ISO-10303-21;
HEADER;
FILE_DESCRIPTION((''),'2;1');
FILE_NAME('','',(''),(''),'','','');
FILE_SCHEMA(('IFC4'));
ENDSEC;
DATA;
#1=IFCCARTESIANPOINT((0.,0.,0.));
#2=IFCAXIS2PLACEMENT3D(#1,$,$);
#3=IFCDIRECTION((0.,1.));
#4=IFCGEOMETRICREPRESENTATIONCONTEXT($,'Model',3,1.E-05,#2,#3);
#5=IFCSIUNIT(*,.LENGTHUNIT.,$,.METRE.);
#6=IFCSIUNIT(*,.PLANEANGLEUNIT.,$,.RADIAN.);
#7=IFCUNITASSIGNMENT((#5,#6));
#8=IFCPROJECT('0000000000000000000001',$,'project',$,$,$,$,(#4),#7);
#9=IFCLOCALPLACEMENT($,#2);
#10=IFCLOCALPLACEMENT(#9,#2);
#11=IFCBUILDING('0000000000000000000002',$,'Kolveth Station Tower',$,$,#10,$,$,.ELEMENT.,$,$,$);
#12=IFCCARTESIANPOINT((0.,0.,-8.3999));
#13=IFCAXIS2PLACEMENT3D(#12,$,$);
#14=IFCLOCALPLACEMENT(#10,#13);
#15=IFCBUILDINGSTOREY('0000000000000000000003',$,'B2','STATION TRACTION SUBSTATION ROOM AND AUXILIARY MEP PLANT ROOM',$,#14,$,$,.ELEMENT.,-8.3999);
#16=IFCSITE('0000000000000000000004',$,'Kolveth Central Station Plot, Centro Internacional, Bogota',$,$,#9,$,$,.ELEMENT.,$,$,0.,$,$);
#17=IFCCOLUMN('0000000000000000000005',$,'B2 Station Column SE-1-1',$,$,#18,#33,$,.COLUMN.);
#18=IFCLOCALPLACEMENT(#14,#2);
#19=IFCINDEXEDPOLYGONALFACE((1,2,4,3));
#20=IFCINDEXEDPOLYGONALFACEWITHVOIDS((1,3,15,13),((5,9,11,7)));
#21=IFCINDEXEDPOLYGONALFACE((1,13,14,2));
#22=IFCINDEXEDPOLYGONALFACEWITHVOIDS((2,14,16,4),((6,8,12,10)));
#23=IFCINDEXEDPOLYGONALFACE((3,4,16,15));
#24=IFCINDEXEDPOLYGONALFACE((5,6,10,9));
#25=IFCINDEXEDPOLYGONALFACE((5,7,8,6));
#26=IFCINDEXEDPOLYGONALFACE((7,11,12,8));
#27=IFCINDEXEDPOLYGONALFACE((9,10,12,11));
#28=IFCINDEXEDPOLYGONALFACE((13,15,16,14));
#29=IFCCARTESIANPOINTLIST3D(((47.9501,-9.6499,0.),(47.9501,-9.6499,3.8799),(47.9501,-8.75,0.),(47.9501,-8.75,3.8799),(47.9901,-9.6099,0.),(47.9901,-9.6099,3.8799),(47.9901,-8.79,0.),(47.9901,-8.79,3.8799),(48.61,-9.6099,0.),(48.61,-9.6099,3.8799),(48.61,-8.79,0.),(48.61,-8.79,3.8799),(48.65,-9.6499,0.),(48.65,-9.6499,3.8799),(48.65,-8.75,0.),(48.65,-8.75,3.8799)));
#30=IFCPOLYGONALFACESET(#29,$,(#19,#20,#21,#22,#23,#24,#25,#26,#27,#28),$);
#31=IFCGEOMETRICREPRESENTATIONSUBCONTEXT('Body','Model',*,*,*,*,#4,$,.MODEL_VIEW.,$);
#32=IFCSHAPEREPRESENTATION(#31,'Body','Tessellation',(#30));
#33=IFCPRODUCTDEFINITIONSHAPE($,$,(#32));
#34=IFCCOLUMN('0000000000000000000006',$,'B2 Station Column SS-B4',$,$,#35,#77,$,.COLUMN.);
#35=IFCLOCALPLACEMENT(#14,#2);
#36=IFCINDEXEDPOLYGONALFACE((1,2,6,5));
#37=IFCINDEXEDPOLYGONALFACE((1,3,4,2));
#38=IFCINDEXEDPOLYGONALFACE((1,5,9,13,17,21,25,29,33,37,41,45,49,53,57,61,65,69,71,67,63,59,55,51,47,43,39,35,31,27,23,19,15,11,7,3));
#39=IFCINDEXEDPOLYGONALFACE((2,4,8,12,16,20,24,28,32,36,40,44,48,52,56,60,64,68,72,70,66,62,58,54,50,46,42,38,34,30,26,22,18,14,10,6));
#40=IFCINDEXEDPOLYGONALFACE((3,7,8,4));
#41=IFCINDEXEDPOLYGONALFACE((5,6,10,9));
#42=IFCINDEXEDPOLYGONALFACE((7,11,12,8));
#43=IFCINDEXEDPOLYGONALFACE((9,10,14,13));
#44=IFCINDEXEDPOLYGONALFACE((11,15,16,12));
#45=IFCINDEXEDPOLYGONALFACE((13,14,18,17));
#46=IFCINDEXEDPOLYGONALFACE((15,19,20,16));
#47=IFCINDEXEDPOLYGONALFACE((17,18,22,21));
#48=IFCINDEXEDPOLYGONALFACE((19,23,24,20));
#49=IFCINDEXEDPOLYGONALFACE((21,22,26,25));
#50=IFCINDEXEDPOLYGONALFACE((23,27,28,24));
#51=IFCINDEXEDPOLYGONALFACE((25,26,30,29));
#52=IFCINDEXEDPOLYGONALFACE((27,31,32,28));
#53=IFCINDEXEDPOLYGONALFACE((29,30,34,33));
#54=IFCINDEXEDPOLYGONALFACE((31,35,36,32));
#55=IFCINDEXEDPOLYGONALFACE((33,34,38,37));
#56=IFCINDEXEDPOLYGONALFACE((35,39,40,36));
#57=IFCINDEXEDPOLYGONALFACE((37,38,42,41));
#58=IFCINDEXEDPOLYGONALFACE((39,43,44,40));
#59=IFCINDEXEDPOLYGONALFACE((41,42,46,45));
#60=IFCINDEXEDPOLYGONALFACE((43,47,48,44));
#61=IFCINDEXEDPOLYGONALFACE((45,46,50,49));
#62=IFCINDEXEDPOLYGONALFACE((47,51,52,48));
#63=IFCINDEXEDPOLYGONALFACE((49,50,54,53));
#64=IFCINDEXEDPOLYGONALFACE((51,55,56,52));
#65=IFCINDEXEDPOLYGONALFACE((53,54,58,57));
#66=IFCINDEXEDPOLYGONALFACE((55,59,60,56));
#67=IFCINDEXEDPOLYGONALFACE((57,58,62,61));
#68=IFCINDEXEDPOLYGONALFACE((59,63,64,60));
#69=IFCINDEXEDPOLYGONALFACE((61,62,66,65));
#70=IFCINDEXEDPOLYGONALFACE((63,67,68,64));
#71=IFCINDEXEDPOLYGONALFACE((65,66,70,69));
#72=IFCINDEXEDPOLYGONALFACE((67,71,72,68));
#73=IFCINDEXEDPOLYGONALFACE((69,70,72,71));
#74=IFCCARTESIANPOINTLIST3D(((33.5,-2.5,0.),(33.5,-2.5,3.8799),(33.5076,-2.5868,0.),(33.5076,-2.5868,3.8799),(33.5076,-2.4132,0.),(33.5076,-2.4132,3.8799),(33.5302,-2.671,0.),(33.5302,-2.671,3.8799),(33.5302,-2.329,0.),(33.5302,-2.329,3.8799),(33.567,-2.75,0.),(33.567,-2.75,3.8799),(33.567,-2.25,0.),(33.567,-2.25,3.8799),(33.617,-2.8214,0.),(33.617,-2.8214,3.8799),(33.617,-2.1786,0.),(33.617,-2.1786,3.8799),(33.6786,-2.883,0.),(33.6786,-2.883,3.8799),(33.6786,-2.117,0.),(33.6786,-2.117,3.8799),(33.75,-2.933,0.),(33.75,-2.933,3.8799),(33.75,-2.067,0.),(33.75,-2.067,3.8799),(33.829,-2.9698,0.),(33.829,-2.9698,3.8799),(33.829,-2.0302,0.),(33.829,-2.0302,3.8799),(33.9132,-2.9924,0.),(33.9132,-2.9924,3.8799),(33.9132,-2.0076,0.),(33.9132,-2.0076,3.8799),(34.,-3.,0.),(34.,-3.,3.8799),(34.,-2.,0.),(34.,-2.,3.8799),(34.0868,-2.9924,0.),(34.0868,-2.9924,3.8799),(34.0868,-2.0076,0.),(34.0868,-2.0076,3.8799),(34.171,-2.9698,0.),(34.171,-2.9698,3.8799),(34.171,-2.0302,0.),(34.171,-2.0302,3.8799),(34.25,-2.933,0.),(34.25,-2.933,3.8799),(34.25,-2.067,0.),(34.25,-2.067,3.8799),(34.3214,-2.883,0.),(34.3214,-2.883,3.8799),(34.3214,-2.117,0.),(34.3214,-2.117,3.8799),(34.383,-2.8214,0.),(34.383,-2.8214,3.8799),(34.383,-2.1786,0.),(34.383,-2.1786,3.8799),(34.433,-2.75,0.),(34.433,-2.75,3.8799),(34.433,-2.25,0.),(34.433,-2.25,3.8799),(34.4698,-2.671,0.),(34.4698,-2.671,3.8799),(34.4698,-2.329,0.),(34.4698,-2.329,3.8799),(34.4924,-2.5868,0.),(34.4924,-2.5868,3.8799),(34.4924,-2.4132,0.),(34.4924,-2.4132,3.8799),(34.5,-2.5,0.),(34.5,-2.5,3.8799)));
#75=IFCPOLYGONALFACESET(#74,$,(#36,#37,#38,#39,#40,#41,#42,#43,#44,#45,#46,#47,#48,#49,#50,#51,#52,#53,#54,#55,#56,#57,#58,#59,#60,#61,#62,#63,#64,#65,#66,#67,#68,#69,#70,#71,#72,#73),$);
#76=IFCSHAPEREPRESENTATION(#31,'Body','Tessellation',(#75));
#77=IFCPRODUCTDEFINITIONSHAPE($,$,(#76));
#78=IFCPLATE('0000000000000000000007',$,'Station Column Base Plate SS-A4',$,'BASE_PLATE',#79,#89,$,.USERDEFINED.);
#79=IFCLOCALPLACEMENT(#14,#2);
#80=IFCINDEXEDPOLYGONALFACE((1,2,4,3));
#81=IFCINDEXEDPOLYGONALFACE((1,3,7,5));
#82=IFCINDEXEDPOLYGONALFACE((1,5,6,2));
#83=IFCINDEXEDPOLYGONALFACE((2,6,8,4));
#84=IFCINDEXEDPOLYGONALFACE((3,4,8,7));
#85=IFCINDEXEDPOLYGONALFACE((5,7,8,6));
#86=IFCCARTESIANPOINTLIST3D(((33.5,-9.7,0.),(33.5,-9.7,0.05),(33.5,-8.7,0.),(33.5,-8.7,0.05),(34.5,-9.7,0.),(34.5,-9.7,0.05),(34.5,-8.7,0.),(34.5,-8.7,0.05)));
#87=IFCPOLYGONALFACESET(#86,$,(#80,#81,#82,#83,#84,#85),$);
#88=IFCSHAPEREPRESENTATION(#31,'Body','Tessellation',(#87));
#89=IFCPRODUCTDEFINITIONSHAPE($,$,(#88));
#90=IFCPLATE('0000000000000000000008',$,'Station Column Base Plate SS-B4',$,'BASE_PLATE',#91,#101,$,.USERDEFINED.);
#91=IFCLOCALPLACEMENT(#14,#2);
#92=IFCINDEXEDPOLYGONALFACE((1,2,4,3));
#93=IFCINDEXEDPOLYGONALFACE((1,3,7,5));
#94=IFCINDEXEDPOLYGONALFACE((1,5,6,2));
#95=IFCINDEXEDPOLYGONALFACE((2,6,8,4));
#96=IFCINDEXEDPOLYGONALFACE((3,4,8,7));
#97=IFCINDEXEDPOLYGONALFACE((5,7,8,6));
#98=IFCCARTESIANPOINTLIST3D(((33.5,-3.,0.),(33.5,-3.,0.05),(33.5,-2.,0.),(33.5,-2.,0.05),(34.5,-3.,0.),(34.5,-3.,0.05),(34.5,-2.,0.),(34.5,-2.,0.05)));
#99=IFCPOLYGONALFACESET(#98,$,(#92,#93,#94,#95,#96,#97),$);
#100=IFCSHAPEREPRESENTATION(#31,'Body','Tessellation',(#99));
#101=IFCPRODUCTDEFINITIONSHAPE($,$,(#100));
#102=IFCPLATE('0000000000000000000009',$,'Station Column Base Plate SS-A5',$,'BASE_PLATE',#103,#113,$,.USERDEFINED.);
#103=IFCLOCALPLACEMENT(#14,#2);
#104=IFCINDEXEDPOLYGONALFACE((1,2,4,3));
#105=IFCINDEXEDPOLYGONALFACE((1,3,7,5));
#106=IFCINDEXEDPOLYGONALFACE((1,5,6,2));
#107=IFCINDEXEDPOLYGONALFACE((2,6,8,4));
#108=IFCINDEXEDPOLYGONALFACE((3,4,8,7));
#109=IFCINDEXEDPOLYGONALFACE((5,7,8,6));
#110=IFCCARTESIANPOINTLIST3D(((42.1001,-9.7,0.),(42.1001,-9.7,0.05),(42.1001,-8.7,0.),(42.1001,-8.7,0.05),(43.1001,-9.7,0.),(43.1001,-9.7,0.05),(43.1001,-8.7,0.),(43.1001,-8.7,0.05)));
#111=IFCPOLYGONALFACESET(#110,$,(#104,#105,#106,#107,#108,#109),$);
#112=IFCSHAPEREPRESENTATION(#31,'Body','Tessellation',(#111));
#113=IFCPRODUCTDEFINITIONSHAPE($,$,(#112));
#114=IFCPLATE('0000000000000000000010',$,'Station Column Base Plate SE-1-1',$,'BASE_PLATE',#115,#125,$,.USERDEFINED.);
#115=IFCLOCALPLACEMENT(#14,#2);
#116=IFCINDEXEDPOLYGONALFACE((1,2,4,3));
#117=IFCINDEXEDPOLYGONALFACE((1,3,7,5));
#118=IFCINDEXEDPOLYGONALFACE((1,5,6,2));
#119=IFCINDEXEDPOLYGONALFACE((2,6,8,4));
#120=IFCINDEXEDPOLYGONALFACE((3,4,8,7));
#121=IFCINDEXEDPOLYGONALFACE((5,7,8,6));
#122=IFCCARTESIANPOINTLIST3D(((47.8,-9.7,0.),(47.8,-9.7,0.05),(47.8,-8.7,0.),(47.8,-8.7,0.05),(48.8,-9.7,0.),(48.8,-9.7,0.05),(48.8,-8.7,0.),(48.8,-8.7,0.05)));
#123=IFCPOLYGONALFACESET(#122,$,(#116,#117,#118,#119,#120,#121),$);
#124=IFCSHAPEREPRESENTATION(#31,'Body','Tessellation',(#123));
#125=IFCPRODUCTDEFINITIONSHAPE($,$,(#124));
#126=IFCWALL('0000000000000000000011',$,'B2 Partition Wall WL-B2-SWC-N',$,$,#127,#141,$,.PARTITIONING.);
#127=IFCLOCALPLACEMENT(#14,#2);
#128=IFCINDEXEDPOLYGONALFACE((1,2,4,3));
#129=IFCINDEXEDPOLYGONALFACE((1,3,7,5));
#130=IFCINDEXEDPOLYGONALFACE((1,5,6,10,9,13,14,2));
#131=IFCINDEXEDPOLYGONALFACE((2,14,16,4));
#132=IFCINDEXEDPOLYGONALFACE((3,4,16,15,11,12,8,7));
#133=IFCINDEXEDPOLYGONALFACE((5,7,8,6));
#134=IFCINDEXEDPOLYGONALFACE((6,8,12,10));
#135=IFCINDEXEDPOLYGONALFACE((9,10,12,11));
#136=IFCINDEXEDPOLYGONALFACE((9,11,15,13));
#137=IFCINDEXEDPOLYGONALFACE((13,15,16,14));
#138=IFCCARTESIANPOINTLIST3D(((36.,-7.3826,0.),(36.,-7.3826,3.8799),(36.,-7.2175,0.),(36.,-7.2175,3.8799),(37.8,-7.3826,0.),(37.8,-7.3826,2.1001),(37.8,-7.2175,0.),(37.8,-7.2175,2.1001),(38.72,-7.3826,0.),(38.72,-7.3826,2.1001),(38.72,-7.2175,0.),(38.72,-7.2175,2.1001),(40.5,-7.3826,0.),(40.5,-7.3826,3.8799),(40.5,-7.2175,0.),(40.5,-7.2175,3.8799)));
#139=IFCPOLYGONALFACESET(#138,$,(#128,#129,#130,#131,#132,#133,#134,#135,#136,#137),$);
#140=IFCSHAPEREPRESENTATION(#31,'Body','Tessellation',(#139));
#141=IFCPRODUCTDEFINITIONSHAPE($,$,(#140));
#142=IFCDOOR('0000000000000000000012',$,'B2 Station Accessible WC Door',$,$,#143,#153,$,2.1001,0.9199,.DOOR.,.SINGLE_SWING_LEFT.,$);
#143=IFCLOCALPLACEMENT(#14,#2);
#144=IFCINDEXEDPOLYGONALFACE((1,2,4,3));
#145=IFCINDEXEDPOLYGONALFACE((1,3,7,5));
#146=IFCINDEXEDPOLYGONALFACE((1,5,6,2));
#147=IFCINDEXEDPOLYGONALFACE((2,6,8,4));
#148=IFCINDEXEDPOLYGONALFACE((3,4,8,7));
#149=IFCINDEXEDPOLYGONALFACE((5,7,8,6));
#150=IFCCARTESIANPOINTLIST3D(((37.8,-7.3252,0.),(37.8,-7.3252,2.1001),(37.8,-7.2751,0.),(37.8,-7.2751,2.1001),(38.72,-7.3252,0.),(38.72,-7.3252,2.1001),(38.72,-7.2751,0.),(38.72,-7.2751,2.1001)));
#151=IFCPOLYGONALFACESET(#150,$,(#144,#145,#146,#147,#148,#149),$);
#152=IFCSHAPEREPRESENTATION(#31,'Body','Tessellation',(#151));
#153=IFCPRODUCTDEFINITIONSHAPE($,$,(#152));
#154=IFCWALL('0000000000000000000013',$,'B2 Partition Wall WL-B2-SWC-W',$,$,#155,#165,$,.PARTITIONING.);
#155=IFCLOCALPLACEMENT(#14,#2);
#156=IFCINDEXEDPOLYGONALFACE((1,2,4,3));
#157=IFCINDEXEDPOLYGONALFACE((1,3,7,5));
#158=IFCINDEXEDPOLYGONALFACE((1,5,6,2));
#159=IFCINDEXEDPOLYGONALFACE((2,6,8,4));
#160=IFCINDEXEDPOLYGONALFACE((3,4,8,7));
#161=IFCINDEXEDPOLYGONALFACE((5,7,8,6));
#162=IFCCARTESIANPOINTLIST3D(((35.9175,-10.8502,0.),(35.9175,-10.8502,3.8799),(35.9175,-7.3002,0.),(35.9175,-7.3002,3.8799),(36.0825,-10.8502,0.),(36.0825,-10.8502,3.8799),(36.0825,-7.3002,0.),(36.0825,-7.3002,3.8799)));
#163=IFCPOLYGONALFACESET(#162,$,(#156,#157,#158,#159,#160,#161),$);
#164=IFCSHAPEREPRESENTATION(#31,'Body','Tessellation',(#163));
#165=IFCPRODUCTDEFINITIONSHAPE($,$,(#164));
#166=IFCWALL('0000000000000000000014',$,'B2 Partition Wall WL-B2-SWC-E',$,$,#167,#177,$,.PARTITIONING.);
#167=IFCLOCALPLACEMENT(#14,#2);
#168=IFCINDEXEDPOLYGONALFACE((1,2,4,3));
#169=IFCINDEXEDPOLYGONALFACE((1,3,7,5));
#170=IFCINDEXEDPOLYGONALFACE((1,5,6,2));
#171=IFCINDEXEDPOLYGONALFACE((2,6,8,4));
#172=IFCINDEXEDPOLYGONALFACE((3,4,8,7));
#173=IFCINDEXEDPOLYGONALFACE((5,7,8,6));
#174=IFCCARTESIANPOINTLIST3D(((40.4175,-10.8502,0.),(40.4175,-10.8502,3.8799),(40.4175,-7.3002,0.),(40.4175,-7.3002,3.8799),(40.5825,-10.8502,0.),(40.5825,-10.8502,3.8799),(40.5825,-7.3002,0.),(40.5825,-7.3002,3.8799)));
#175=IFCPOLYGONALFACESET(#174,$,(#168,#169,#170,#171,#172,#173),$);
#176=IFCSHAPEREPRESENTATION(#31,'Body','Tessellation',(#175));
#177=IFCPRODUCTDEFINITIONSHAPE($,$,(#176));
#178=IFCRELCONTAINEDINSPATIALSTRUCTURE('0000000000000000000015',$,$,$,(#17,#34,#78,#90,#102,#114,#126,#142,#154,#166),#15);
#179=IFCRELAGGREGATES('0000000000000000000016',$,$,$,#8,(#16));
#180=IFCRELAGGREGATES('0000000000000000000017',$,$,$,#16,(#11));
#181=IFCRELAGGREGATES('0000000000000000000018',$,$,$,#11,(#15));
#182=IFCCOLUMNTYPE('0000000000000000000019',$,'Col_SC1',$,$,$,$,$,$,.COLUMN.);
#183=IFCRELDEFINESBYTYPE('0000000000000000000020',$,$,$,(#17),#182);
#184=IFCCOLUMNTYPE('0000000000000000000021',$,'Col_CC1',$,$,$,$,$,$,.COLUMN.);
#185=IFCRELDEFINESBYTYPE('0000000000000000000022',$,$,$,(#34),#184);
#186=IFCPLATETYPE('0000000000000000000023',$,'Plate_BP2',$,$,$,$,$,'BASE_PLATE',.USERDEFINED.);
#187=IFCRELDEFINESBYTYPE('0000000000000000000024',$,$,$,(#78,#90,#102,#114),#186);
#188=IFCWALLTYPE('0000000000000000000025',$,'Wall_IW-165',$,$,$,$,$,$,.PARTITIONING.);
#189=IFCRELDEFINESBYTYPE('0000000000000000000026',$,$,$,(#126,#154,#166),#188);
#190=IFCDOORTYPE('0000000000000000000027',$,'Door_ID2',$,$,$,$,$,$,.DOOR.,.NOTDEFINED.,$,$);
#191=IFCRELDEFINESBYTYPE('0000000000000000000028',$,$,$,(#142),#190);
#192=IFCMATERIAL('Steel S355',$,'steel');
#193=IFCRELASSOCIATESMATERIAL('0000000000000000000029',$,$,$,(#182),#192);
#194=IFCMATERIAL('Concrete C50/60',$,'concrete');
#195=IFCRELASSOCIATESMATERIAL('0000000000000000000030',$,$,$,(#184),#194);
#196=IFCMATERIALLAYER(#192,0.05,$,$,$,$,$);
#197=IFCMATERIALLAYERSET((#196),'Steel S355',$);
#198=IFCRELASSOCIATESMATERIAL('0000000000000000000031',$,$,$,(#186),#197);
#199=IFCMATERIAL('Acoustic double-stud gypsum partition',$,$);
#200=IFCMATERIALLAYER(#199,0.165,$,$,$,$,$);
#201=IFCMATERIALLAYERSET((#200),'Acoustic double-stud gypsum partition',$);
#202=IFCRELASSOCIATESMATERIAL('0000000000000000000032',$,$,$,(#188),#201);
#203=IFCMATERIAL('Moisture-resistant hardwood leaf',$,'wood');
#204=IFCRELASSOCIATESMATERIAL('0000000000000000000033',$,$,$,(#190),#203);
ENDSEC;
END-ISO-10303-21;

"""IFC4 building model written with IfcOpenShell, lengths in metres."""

from ifc_helpers import new_model, si_unit, direction, frame, frame_2d, origin, origin_2d, place, context, subcontext, project, spatial, rectangle, hollow_rectangle, circle, extrude, source, transform, mapped, material, layer, layer_set, material_profile, profile_set, type_object, element, fill, save


model = new_model("IFC4")

# Units and contexts
model_context = context("Model", 3, precision=1e-05, world=origin(), true_north=direction((0.0, 1.0)))
body_context = subcontext(model_context, "Body", "Model", "MODEL_VIEW")
ifc_project = project(units=[si_unit("LENGTHUNIT", "METRE"), si_unit("PLANEANGLEUNIT", "RADIAN")], contexts=[model_context])

# Site, building, storey
site_placement = place(None, origin())
site = spatial("IfcSite", under=ifc_project, at=site_placement, Name="Kolveth Central Station Plot, Centro Internacional, Bogota", CompositionType="ELEMENT", RefElevation=0.0)
building_placement = place(site_placement, origin())
building = spatial("IfcBuilding", under=site, at=building_placement, Name="Kolveth Station Tower", CompositionType="ELEMENT")
storey_placement = place(building_placement, frame((0.0, 0.0, -8.3999)))
storey = spatial("IfcBuildingStorey", under=building, at=storey_placement, Name="B2", Description="STATION TRACTION SUBSTATION ROOM AND AUXILIARY MEP PLANT ROOM", CompositionType="ELEMENT", Elevation=-8.3999)

# Columns
ifc_material_1 = material(Name="Steel S355", Category="steel")
ifc_material_profile_1 = material_profile(ifc_material_1, hollow_rectangle(XDim=0.7, YDim=0.8999, WallThickness=0.04, at=origin_2d()), Name="BOX900x700x40")
ifc_profile_set_1 = profile_set([ifc_material_profile_1], Name="Steel S355")
column_type_1 = type_object("IfcColumnType", Name="Col_SC1", PredefinedType="COLUMN", material=ifc_profile_set_1)
shared_shape_1 = source(origin(), body_context, "Body", "SweptSolid", [
    extrude(hollow_rectangle(XDim=0.7, YDim=0.8999, WallThickness=0.04, at=origin_2d()), origin(), (0.0, 0.0, 1.0), 3.8799),
])
for number, where, z_axis, x_axis, name in (
    (1, (48.3, -9.2, 0.0), (0.0, 0.0, 1.0), (1.0, 0.0, 0.0), "B2 Station Column SE-1-1"),
):
    element("IfcColumn", number, at=place(storey_placement, frame(where, z_axis=z_axis, x_axis=x_axis)), inside=storey, type_object=column_type_1, Name=name, PredefinedType="COLUMN", context=body_context, shape_type="MappedRepresentation", body=[
        mapped(shared_shape_1, transform((0.0, 0.0, 0.0), x_axis=(1.0, 0.0, 0.0), y_axis=(0.0, 1.0, 0.0), z_axis=(0.0, 0.0, 1.0), scale=1.0)),
    ])
ifc_material_2 = material(Name="Concrete C50/60", Category="concrete")
ifc_material_profile_2 = material_profile(ifc_material_2, circle(Radius=0.5, at=origin_2d()), Name="RC-D1000")
ifc_profile_set_2 = profile_set([ifc_material_profile_2], Name="Concrete C50/60")
column_type_2 = type_object("IfcColumnType", Name="Col_CC1", PredefinedType="COLUMN", material=ifc_profile_set_2)
shared_shape_2 = source(origin(), body_context, "Body", "SweptSolid", [
    extrude(circle(Radius=0.5, at=origin_2d()), origin(), (0.0, 0.0, 1.0), 3.8799),
])
column_placement = place(storey_placement, frame((34.0, -2.5, 0.0), z_axis=(0.0, 0.0, 1.0), x_axis=(1.0, 0.0, 0.0)))
element("IfcColumn", 2, at=column_placement, inside=storey, type_object=column_type_2, Name="B2 Station Column SS-B4", PredefinedType="COLUMN", context=body_context, shape_type="MappedRepresentation", body=[
    mapped(shared_shape_2, transform((0.0, 0.0, 0.0), x_axis=(1.0, 0.0, 0.0), y_axis=(0.0, 1.0, 0.0), z_axis=(0.0, 0.0, 1.0), scale=1.0)),
])

# Plates
ifc_layer_1 = layer(ifc_material_1, 0.05)
ifc_layer_set_1 = layer_set([ifc_layer_1], Name="Steel S355")
plate_type = type_object("IfcPlateType", Name="Plate_BP2", ElementType="BASE_PLATE", PredefinedType="USERDEFINED", material=ifc_layer_set_1)
shared_shape_3 = source(origin(), body_context, "Body", "SweptSolid", [
    extrude(rectangle(XDim=1.0, YDim=1.0, at=origin_2d()), origin(), (0.0, 0.0, 1.0), 0.05),
])
for number, where, z_axis, x_axis, name in (
    (3, (34.0, -9.2, 0.0), (0.0, 0.0, 1.0), (1.0, 0.0, 0.0), "Station Column Base Plate SS-A4"),
    (4, (34.0, -2.5, 0.0), (0.0, 0.0, 1.0), (1.0, 0.0, 0.0), "Station Column Base Plate SS-B4"),
    (5, (42.6001, -9.2, 0.0), (0.0, 0.0, 1.0), (1.0, 0.0, 0.0), "Station Column Base Plate SS-A5"),
    (6, (48.3, -9.2, 0.0), (0.0, 0.0, 1.0), (1.0, 0.0, 0.0), "Station Column Base Plate SE-1-1"),
):
    element("IfcPlate", number, at=place(storey_placement, frame(where, z_axis=z_axis, x_axis=x_axis)), inside=storey, type_object=plate_type, Name=name, ObjectType="BASE_PLATE", PredefinedType="USERDEFINED", context=body_context, shape_type="MappedRepresentation", body=[
        mapped(shared_shape_3, transform((0.0, 0.0, 0.0), x_axis=(1.0, 0.0, 0.0), y_axis=(0.0, 1.0, 0.0), z_axis=(0.0, 0.0, 1.0), scale=1.0)),
    ])

# Wall, opening, door
ifc_material_3 = material(Name="Acoustic double-stud gypsum partition")
ifc_layer_2 = layer(ifc_material_3, 0.165)
ifc_layer_set_2 = layer_set([ifc_layer_2], Name="Acoustic double-stud gypsum partition")
wall_type_1 = type_object("IfcWallType", Name="Wall_IW-165", PredefinedType="PARTITIONING", material=ifc_layer_set_2)
wall_1_placement = place(storey_placement, frame((36.0, -7.3, 0.0), z_axis=(0.0, 0.0, 1.0), x_axis=(1.0, 0.0, 0.0)))
wall_1 = element("IfcWall", 7, at=wall_1_placement, inside=storey, type_object=wall_type_1, Name="B2 Partition Wall WL-B2-SWC-N", PredefinedType="PARTITIONING", context=body_context, shape_type="SweptSolid", body=[
    extrude(rectangle(XDim=4.5, YDim=0.165, at=frame_2d((2.25, 0.0))), origin(), (0.0, 0.0, 1.0), 3.8799),
])
opening_1_placement = place(wall_1_placement, frame((1.8, 0.0, 0.0)))
opening_1 = element("IfcOpeningElement", 8, at=opening_1_placement, cuts=wall_1, PredefinedType="OPENING", context=body_context, shape_type="SweptSolid", body=[
    extrude(rectangle(XDim=0.9199, YDim=2.1001, at=frame_2d((0.46, 1.05))), frame((0.0, 0.0925, 0.0), z_axis=(0.0, -1.0, 0.0), x_axis=(1.0, 0.0, 0.0)), (0.0, 0.0, 1.0), 0.1851),
])
ifc_material_4 = material(Name="Moisture-resistant hardwood leaf", Category="wood")
door_type_1 = type_object("IfcDoorType", Name="Door_ID2", OperationType="NOTDEFINED", PredefinedType="DOOR", material=ifc_material_4)
door_1_placement = place(opening_1_placement, origin())
door_1 = element("IfcDoor", 9, at=door_1_placement, inside=storey, type_object=door_type_1, Name="B2 Station Accessible WC Door", OperationType="SINGLE_SWING_LEFT", OverallHeight=2.1001, OverallWidth=0.9199, PredefinedType="DOOR", context=body_context, shape_type="SweptSolid", body=[
    extrude(rectangle(XDim=0.9199, YDim=2.1001, at=frame_2d((0.46, 1.05))), frame((0.0, 0.0249, 0.0), z_axis=(0.0, -1.0, 0.0), x_axis=(1.0, 0.0, 0.0)), (0.0, 0.0, 1.0), 0.05),
])
fill(opening_1, door_1)

# Walls
for number, where, z_axis, x_axis, name in (
    (10, (36.0, -10.8501, 0.0), (0.0, 0.0, 1.0), (0.0, 1.0, 0.0), "B2 Partition Wall WL-B2-SWC-W"),
    (11, (40.5, -10.8501, 0.0), (0.0, 0.0, 1.0), (0.0, 1.0, 0.0), "B2 Partition Wall WL-B2-SWC-E"),
):
    element("IfcWall", number, at=place(storey_placement, frame(where, z_axis=z_axis, x_axis=x_axis)), inside=storey, type_object=wall_type_1, Name=name, PredefinedType="PARTITIONING", context=body_context, shape_type="SweptSolid", body=[
        extrude(rectangle(XDim=3.55, YDim=0.165, at=frame_2d((1.7749, 0.0))), origin(), (0.0, 0.0, 1.0), 3.8799),
    ])

save(model, "model.ifc")
